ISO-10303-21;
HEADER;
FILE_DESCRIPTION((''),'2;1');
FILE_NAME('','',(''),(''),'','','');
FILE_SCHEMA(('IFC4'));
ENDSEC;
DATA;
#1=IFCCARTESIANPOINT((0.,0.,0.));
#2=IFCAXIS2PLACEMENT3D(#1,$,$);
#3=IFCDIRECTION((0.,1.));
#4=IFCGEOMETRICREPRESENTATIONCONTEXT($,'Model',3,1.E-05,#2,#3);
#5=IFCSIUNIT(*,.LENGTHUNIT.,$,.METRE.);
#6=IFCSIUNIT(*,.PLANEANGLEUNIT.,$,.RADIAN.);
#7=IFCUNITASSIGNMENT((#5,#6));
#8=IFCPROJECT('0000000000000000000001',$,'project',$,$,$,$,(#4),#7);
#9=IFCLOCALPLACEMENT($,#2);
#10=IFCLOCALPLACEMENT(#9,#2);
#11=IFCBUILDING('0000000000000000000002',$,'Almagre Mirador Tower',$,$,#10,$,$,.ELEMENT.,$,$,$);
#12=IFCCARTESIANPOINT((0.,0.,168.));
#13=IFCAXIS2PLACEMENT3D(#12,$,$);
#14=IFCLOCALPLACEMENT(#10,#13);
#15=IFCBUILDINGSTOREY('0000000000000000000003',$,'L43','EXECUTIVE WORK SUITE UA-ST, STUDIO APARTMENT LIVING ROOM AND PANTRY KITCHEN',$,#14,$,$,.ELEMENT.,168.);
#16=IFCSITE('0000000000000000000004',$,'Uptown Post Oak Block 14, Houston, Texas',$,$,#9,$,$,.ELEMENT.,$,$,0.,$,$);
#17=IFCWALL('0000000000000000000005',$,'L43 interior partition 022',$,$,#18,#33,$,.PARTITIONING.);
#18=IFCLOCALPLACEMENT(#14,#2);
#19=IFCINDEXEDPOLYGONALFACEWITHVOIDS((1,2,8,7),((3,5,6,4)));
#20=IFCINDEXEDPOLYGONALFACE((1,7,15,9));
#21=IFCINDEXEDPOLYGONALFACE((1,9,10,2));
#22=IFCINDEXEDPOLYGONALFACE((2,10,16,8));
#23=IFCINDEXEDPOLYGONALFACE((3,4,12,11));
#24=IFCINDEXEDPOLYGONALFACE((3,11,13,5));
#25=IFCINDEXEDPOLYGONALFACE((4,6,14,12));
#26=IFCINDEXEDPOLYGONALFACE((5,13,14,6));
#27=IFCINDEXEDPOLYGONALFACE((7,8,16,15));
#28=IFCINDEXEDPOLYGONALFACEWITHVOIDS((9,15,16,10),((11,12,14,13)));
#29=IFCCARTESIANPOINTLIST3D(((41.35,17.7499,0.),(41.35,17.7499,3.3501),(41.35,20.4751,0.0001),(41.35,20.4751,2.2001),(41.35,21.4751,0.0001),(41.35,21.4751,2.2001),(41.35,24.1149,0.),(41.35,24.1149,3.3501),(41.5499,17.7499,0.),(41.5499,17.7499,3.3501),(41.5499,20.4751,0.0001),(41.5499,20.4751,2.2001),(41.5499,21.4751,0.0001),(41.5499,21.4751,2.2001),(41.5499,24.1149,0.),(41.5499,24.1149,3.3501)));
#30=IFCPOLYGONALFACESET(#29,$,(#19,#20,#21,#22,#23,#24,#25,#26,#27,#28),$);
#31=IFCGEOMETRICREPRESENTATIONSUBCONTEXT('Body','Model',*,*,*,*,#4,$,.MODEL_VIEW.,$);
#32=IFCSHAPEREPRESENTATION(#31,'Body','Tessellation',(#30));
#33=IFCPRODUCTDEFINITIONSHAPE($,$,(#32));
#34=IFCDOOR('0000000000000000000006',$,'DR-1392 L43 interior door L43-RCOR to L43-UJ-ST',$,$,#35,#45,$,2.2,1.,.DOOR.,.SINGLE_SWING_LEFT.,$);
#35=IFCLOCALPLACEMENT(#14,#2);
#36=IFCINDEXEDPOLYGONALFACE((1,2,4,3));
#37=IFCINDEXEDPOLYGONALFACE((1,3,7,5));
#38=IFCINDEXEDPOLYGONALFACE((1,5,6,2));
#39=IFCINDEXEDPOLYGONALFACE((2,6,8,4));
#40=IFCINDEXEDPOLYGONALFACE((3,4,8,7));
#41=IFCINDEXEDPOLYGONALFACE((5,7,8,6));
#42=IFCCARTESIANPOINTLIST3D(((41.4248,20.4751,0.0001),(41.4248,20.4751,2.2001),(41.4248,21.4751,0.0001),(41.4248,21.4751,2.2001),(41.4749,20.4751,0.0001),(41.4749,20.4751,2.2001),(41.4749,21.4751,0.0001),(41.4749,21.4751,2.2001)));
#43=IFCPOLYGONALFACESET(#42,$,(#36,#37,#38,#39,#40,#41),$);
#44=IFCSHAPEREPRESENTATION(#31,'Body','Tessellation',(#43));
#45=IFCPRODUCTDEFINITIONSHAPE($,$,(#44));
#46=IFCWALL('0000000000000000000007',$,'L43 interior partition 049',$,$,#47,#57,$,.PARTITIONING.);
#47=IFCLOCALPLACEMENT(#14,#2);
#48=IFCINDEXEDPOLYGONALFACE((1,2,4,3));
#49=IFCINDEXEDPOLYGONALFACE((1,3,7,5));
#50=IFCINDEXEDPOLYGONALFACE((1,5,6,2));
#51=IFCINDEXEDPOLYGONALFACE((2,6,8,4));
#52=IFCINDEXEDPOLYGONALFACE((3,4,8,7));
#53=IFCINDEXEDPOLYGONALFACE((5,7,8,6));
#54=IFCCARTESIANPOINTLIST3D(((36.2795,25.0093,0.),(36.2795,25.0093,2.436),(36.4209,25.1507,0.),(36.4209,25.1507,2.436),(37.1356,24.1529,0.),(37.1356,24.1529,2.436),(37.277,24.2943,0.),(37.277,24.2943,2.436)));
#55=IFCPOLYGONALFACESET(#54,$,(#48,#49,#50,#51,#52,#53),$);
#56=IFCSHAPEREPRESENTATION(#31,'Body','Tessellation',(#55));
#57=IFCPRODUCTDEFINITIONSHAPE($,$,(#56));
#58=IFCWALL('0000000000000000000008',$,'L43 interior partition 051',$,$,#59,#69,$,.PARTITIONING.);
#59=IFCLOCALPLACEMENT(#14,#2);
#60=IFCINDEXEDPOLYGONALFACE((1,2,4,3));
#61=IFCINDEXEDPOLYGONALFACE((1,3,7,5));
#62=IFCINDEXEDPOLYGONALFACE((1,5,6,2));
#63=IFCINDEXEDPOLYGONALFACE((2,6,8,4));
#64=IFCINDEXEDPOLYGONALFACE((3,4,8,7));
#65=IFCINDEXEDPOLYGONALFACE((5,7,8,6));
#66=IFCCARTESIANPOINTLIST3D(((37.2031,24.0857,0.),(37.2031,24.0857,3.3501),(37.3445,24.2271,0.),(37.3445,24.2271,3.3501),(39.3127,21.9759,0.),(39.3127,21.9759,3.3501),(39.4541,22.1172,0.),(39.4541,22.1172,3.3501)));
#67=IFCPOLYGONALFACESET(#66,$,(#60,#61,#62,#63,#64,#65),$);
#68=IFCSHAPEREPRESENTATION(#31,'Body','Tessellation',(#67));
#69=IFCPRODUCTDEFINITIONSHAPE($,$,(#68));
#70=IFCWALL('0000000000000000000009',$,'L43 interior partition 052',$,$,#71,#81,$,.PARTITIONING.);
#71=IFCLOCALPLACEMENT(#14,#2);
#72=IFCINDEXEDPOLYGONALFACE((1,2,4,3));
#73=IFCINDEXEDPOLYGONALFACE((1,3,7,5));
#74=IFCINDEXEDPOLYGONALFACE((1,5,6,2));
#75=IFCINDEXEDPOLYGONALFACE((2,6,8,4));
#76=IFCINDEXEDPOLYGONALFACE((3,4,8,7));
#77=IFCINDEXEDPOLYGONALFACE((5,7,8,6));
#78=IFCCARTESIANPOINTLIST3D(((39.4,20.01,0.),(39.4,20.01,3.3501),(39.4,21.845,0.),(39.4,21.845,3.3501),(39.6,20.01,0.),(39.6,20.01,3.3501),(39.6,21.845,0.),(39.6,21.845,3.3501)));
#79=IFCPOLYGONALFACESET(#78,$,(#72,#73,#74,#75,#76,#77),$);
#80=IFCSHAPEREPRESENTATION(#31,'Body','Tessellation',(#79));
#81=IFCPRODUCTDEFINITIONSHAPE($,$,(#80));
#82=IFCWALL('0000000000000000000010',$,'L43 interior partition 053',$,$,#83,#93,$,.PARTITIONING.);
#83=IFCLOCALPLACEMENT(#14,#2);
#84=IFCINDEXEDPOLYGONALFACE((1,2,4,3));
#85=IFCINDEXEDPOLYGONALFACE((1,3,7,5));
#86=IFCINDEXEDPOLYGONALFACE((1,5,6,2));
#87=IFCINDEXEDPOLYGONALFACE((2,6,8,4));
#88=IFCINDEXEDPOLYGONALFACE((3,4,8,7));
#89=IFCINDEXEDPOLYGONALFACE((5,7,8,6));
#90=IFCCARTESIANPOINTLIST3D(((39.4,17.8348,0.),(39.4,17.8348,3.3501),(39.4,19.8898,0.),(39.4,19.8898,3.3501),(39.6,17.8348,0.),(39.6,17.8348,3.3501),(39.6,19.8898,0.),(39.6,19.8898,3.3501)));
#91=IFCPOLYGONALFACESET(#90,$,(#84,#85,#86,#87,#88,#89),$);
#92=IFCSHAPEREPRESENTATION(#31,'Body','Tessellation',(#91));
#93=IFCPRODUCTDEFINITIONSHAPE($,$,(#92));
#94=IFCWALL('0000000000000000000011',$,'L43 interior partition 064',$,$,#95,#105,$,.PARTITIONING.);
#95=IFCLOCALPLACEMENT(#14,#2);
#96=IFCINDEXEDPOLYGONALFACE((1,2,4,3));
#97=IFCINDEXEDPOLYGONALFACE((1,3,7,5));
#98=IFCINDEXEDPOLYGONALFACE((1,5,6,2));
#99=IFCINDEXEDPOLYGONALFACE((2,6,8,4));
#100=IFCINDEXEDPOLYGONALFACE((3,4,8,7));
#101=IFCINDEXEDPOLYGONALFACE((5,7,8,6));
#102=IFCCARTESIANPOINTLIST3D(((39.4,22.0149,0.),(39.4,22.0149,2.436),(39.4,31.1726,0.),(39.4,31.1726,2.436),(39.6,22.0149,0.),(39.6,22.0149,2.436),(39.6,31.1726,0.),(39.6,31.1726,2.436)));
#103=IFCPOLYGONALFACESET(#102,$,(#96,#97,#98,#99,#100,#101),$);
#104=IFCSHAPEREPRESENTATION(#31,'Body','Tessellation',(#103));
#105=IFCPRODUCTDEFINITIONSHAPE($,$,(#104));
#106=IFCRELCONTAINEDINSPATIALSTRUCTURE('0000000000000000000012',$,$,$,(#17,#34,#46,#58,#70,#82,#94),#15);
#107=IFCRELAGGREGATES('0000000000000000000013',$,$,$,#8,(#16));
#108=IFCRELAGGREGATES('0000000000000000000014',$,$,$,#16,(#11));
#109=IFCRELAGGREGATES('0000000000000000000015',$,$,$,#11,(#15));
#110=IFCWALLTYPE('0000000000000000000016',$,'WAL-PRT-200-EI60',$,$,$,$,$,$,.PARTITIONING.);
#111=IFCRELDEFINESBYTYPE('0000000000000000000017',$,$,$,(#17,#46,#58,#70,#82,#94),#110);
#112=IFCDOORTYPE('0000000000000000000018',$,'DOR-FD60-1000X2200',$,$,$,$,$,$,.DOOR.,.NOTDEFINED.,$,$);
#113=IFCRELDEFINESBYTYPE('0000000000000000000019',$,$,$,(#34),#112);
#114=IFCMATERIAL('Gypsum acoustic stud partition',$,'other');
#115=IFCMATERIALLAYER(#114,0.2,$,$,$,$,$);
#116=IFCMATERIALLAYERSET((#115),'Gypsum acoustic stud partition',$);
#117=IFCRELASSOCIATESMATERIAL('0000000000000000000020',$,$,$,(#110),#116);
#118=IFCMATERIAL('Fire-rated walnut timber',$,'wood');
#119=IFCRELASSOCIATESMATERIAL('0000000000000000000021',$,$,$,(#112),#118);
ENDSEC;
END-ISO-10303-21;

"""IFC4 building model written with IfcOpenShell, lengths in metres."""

from ifc_helpers import new_model, si_unit, direction, frame, frame_2d, origin, place, context, subcontext, project, spatial, rectangle, extrude, material, layer, layer_set, type_object, element, fill, save


model = new_model("IFC4")

# Units and contexts
model_context = context("Model", 3, precision=1e-05, world=origin(), true_north=direction((0.0, 1.0)))
body_context = subcontext(model_context, "Body", "Model", "MODEL_VIEW")
ifc_project = project(units=[si_unit("LENGTHUNIT", "METRE"), si_unit("PLANEANGLEUNIT", "RADIAN")], contexts=[model_context])

# Site, building, storey
site_placement = place(None, origin())
site = spatial("IfcSite", under=ifc_project, at=site_placement, Name="Uptown Post Oak Block 14, Houston, Texas", CompositionType="ELEMENT", RefElevation=0.0)
building_placement = place(site_placement, origin())
building = spatial("IfcBuilding", under=site, at=building_placement, Name="Almagre Mirador Tower", CompositionType="ELEMENT")
storey_placement = place(building_placement, frame((0.0, 0.0, 168.0)))
storey = spatial("IfcBuildingStorey", under=building, at=storey_placement, Name="L43", Description="EXECUTIVE WORK SUITE UA-ST, STUDIO APARTMENT LIVING ROOM AND PANTRY KITCHEN", CompositionType="ELEMENT", Elevation=168.0)

# Shared definitions
ifc_material_1 = material(Name="Gypsum acoustic stud partition", Category="other")
ifc_layer_1 = layer(ifc_material_1, 0.2)
ifc_layer_set_1 = layer_set([ifc_layer_1], Name="Gypsum acoustic stud partition")
wall_type_1 = type_object("IfcWallType", Name="WAL-PRT-200-EI60", PredefinedType="PARTITIONING", material=ifc_layer_set_1)
ifc_material_2 = material(Name="Fire-rated walnut timber", Category="wood")
door_type_1 = type_object("IfcDoorType", Name="DOR-FD60-1000X2200", OperationType="NOTDEFINED", PredefinedType="DOOR", material=ifc_material_2)

# Wall, opening, door
wall_1_placement = place(storey_placement, frame((41.45, 24.115, 0.0), z_axis=(0.0, 0.0, 1.0), x_axis=(0.0, -1.0, 0.0)))
wall_1 = element("IfcWall", 1, at=wall_1_placement, inside=storey, type_object=wall_type_1, Name="L43 interior partition 022", PredefinedType="PARTITIONING", context=body_context, shape_type="SweptSolid", body=[
    extrude(rectangle(XDim=6.365, YDim=0.2, at=frame_2d((3.1826, 0.0))), origin(), (0.0, 0.0, 1.0), 3.3501),
])
opening_1_placement = place(wall_1_placement, frame((2.6399, 0.0, 0.0)))
opening_1 = element("IfcOpeningElement", 2, at=opening_1_placement, cuts=wall_1, PredefinedType="OPENING", context=body_context, shape_type="SweptSolid", body=[
    extrude(rectangle(XDim=1.0, YDim=2.2, at=frame_2d((0.5, 1.1001))), frame((0.0, 0.1101, 0.0), z_axis=(0.0, -1.0, 0.0), x_axis=(1.0, 0.0, 0.0)), (0.0, 0.0, 1.0), 0.22),
])
door_1_placement = place(opening_1_placement, origin())
door_1 = element("IfcDoor", 3, at=door_1_placement, inside=storey, type_object=door_type_1, Name="DR-1392 L43 interior door L43-RCOR to L43-UJ-ST", OperationType="SINGLE_SWING_LEFT", OverallHeight=2.2, OverallWidth=1.0, PredefinedType="DOOR", context=body_context, shape_type="SweptSolid", body=[
    extrude(rectangle(XDim=1.0, YDim=2.2, at=frame_2d((0.5, 1.1001))), frame((0.0, 0.0249, 0.0), z_axis=(0.0, -1.0, 0.0), x_axis=(1.0, 0.0, 0.0)), (0.0, 0.0, 1.0), 0.05),
])
fill(opening_1, door_1)

# Walls
wall_2_placement = place(storey_placement, frame((37.2063, 24.2236, 0.0), z_axis=(0.0, 0.0, 1.0), x_axis=(-0.707006, 0.707208, 0.0)))
element("IfcWall", 4, at=wall_2_placement, inside=storey, type_object=wall_type_1, Name="L43 interior partition 049", PredefinedType="PARTITIONING", context=body_context, shape_type="SweptSolid", body=[
    extrude(rectangle(XDim=1.2109, YDim=0.2, at=frame_2d((0.6055, 0.0))), origin(), (0.0, 0.0, 1.0), 2.436),
])
wall_3_placement = place(storey_placement, frame((39.3833, 22.0466, 0.0), z_axis=(0.0, 0.0, 1.0), x_axis=(-0.707066, 0.707148, 0.0)))
element("IfcWall", 5, at=wall_3_placement, inside=storey, type_object=wall_type_1, Name="L43 interior partition 051", PredefinedType="PARTITIONING", context=body_context, shape_type="SweptSolid", body=[
    extrude(rectangle(XDim=2.9836, YDim=0.2, at=frame_2d((1.4917, 0.0))), origin(), (0.0, 0.0, 1.0), 3.3501),
])
wall_4_placement = place(storey_placement, frame((39.5, 20.01, 0.0), z_axis=(0.0, 0.0, 1.0), x_axis=(0.0, 1.0, 0.0)))
element("IfcWall", 6, at=wall_4_placement, inside=storey, type_object=wall_type_1, Name="L43 interior partition 052", PredefinedType="PARTITIONING", context=body_context, shape_type="SweptSolid", body=[
    extrude(rectangle(XDim=1.835, YDim=0.2, at=frame_2d((0.9175, 0.0))), origin(), (0.0, 0.0, 1.0), 3.3501),
])
wall_5_placement = place(storey_placement, frame((39.5, 17.835, 0.0), z_axis=(0.0, 0.0, 1.0), x_axis=(0.0, 1.0, 0.0)))
element("IfcWall", 7, at=wall_5_placement, inside=storey, type_object=wall_type_1, Name="L43 interior partition 053", PredefinedType="PARTITIONING", context=body_context, shape_type="SweptSolid", body=[
    extrude(rectangle(XDim=2.0549, YDim=0.2, at=frame_2d((1.0273, 0.0))), origin(), (0.0, 0.0, 1.0), 3.3501),
])
wall_6_placement = place(storey_placement, frame((39.5, 22.0149, 0.0), z_axis=(0.0, 0.0, 1.0), x_axis=(0.0, 1.0, 0.0)))
element("IfcWall", 8, at=wall_6_placement, inside=storey, type_object=wall_type_1, Name="L43 interior partition 064", PredefinedType="PARTITIONING", context=body_context, shape_type="SweptSolid", body=[
    extrude(rectangle(XDim=9.1577, YDim=0.2, at=frame_2d((4.5789, 0.0))), origin(), (0.0, 0.0, 1.0), 2.436),
])

save(model, "model.ifc")
